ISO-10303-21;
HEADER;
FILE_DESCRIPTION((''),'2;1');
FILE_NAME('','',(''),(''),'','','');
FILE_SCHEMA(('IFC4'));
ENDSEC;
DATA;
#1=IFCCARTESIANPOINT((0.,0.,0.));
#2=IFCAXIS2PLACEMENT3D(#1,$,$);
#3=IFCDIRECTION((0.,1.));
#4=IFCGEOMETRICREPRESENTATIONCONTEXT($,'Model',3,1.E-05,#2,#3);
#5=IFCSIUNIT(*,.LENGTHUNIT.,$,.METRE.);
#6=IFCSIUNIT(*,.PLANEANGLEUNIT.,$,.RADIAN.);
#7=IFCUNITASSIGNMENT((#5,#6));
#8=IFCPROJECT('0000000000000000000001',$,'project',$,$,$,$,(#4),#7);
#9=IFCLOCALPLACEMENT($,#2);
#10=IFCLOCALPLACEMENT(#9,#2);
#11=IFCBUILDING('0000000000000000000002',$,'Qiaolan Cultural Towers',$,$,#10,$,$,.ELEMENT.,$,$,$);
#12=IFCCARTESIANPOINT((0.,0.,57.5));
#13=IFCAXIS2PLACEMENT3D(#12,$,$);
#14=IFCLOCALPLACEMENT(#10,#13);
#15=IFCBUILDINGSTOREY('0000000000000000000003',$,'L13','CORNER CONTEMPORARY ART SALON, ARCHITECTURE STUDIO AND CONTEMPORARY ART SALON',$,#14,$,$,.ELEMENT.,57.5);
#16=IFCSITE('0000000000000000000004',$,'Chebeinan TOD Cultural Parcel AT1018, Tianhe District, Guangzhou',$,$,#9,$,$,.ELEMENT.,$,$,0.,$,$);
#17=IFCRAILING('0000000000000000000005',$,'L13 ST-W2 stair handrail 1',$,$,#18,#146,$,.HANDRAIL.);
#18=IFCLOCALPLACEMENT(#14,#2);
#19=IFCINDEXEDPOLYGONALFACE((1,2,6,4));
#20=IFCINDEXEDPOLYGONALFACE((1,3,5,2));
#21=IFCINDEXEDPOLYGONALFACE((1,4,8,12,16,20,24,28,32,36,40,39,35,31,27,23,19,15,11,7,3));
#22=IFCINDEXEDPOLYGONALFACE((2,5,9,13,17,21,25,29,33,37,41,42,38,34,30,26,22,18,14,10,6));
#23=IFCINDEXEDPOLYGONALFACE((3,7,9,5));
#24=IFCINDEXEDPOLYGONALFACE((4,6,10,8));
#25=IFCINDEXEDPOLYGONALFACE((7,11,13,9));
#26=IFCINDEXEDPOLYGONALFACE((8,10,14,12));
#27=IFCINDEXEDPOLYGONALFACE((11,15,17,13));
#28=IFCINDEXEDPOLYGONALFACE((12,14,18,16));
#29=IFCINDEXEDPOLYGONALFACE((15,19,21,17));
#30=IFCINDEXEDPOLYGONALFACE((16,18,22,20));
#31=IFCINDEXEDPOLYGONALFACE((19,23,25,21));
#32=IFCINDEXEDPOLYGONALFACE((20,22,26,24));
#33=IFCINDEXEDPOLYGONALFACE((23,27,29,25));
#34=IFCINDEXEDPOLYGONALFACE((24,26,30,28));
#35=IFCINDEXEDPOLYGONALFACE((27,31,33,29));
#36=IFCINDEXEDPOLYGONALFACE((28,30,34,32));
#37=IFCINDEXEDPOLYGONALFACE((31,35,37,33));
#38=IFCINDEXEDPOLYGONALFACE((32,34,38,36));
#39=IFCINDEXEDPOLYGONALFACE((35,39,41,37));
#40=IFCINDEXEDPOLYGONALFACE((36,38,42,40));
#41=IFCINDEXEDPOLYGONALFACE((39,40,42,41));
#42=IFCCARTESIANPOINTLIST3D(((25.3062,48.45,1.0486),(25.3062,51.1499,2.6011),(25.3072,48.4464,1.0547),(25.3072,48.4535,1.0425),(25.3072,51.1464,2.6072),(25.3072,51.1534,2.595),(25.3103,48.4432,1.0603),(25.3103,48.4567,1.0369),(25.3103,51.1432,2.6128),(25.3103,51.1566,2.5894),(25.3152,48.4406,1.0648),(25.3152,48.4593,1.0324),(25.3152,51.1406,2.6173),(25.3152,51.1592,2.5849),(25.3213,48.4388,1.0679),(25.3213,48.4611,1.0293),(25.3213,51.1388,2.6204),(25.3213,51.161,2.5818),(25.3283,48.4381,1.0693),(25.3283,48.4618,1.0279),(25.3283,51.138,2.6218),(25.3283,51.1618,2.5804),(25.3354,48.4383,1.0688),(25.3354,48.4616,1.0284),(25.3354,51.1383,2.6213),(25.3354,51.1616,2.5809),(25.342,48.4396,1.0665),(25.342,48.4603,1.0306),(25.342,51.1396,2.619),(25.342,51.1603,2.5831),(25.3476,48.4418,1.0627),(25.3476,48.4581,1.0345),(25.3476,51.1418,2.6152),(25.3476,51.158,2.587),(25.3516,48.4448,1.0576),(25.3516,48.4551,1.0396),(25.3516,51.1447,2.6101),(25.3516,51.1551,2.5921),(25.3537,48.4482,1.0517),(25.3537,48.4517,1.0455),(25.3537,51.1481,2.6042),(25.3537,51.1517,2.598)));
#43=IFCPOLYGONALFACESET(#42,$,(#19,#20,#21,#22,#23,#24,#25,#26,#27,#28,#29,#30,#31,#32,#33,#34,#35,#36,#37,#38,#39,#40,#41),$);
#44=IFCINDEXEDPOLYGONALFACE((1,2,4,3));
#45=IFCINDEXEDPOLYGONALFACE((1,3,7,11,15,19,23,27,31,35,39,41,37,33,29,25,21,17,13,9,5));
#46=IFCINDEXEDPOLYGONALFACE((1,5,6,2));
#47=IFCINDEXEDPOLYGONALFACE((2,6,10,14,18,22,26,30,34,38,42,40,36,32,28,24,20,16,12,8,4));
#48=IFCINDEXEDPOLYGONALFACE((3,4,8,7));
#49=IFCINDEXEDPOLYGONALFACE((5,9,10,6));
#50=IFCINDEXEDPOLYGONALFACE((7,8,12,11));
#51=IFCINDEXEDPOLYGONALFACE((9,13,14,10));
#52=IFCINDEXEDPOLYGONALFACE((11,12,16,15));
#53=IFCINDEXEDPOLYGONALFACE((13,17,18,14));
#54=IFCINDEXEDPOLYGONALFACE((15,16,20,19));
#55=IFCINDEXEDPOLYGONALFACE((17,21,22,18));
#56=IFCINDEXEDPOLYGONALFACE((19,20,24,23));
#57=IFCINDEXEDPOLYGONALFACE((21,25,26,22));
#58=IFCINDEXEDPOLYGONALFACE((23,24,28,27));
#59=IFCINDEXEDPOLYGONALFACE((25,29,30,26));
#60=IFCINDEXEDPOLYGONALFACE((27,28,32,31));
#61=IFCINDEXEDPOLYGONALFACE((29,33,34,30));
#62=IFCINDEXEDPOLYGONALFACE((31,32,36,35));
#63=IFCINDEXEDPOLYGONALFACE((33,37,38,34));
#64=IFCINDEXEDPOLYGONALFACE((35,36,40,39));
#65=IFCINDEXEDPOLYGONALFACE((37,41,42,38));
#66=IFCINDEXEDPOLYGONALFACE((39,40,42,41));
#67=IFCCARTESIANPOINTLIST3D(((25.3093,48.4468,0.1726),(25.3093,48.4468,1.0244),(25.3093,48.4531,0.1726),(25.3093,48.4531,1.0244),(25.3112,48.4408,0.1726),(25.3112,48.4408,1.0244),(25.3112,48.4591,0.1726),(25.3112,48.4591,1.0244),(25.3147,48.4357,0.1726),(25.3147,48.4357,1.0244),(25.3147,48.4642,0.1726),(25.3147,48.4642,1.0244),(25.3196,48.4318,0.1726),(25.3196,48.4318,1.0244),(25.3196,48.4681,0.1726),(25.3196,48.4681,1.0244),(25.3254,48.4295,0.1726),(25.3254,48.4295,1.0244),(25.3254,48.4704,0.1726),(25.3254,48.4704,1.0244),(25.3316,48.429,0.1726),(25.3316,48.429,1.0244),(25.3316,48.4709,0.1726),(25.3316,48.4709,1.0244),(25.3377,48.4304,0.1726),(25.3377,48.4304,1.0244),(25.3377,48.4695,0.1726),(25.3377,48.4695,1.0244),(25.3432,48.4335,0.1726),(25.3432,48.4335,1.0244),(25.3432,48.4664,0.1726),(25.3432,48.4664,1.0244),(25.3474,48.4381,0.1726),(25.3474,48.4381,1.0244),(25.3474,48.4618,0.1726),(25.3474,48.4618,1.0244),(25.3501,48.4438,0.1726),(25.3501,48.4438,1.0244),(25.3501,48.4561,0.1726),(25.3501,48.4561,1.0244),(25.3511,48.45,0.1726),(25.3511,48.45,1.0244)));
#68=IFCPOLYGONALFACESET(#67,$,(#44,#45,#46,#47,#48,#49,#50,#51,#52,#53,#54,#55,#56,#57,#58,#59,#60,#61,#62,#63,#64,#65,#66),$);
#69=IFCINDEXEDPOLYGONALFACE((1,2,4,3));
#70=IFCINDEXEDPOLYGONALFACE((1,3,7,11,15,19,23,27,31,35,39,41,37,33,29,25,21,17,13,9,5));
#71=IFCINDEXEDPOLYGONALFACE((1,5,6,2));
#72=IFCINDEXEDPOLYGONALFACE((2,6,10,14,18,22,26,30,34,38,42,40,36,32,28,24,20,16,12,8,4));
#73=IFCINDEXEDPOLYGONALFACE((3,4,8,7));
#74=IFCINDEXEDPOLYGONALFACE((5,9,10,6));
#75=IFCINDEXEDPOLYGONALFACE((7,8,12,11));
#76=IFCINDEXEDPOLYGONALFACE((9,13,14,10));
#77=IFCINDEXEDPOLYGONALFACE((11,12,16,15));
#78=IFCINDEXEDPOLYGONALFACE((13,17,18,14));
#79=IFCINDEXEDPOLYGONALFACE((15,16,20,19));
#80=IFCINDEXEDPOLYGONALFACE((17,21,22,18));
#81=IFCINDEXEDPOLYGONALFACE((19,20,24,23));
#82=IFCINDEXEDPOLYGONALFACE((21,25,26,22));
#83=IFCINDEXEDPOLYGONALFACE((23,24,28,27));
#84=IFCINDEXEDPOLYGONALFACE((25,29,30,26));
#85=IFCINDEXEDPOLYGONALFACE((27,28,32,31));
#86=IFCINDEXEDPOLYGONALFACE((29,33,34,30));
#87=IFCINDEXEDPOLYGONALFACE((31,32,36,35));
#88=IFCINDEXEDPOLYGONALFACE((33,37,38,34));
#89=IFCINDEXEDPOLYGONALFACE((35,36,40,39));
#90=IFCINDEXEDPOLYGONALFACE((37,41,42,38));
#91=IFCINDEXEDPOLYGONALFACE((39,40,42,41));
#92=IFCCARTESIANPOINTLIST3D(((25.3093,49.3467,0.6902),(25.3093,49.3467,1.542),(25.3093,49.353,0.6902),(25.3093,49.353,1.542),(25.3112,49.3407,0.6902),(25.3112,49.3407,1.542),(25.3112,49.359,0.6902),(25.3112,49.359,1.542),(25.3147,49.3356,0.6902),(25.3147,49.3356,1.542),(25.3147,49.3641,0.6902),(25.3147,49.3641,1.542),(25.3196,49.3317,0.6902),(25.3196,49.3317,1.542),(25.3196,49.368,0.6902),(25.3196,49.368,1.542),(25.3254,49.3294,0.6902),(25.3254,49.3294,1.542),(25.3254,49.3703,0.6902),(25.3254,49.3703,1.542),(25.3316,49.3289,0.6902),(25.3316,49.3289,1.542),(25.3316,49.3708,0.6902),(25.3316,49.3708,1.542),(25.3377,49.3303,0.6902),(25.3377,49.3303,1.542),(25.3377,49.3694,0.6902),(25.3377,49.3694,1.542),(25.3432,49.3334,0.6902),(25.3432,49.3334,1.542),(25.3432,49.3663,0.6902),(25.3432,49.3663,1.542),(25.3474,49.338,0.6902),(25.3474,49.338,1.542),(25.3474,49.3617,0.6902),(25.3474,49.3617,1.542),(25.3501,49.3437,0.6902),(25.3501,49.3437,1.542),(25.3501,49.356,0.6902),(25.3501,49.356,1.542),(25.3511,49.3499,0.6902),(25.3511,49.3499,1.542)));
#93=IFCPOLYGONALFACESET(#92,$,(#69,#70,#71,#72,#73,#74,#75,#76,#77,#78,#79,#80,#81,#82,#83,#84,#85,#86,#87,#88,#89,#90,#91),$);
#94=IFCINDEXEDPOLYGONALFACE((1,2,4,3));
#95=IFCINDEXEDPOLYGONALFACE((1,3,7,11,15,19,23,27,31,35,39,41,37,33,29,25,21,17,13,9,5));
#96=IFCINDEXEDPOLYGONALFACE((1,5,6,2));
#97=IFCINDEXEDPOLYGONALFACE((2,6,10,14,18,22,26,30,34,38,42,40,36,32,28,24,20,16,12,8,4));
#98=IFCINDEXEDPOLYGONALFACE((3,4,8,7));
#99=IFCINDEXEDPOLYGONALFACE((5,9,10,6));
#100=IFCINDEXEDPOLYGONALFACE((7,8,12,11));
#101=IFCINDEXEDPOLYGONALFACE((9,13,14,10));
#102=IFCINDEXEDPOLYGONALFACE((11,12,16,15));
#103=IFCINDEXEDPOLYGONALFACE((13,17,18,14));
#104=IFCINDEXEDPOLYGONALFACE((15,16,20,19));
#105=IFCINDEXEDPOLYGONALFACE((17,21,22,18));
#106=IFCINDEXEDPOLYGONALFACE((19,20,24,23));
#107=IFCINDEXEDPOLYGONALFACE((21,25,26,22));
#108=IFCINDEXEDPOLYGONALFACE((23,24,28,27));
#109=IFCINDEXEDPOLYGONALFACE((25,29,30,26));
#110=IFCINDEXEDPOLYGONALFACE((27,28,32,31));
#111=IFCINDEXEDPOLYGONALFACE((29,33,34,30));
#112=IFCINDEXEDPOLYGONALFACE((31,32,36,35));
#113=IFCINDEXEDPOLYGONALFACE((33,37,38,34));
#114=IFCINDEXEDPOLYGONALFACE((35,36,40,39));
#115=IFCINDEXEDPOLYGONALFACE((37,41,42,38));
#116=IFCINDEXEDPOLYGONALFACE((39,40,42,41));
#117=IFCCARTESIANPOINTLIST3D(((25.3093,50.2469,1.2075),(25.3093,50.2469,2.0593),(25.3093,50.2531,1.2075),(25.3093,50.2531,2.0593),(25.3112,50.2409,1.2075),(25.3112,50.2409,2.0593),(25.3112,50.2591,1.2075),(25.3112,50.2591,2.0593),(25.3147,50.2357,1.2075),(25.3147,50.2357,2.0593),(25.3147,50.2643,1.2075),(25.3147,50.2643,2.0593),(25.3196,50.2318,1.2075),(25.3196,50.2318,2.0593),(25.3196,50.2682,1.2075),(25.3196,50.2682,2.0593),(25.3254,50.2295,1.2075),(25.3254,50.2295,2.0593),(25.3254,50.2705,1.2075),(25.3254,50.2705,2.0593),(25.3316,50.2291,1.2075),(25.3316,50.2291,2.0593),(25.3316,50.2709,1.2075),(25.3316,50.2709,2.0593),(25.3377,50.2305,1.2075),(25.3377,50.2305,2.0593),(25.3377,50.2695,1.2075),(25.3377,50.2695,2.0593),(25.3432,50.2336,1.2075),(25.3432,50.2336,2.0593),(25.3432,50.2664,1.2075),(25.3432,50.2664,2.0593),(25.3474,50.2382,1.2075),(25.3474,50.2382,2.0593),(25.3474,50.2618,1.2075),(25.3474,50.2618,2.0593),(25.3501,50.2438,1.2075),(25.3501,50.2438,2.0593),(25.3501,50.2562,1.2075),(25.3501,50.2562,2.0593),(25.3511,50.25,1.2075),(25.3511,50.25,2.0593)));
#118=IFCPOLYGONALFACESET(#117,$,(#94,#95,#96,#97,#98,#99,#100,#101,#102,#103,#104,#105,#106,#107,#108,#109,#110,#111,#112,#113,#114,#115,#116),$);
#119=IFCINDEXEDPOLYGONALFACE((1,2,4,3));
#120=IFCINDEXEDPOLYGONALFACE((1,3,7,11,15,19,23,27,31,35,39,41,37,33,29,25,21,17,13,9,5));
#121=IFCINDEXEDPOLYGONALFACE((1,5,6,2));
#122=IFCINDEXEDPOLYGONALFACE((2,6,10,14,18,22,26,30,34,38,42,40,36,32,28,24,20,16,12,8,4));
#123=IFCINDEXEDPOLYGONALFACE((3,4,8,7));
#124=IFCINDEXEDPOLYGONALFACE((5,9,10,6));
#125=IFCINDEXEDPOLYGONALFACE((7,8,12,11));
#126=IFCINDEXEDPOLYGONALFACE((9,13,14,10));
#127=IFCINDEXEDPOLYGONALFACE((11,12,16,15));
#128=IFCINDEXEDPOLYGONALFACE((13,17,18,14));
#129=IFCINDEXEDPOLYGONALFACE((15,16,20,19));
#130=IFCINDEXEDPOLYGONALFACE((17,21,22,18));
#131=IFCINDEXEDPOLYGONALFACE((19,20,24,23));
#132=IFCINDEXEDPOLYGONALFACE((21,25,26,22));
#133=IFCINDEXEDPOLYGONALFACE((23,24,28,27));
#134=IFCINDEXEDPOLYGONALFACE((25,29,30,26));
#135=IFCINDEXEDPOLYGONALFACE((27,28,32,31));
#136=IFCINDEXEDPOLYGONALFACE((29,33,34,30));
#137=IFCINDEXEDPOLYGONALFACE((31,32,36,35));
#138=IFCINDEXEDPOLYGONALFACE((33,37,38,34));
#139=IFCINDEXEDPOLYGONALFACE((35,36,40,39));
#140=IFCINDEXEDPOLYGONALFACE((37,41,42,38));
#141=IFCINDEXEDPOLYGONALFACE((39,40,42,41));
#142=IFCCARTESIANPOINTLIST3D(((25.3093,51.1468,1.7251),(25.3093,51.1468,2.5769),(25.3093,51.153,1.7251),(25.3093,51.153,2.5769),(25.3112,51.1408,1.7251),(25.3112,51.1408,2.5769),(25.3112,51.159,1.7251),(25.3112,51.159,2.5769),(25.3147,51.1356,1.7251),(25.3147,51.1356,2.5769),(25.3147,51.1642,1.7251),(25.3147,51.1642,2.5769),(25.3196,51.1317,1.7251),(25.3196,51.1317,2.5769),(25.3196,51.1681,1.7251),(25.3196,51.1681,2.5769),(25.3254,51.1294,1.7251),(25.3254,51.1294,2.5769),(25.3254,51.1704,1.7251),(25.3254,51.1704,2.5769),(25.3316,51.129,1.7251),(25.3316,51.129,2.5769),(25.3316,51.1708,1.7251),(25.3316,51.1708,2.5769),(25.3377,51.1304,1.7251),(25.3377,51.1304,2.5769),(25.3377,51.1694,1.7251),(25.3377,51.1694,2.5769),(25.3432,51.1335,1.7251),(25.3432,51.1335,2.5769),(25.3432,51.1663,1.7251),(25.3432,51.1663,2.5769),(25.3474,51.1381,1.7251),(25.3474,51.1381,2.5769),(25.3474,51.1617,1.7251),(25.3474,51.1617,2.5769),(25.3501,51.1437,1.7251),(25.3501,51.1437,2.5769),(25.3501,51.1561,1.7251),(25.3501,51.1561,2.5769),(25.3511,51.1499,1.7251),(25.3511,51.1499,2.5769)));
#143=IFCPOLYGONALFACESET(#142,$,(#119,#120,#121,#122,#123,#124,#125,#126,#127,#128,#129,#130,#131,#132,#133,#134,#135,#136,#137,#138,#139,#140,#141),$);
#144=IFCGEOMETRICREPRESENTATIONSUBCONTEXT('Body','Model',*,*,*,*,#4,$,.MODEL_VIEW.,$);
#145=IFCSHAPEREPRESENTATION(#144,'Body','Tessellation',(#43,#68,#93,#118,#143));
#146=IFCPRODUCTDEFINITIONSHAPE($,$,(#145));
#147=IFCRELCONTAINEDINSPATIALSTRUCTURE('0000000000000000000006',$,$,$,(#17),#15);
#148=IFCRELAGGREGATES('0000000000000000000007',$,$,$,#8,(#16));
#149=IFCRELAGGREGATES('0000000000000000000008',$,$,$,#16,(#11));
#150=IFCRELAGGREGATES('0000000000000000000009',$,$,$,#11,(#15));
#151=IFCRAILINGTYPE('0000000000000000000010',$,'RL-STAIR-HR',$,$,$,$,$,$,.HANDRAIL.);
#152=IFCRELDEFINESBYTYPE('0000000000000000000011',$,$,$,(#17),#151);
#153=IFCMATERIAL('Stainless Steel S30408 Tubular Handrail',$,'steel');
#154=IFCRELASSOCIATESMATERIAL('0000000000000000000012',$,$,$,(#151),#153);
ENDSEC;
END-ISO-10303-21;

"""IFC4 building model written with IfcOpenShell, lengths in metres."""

from ifc_helpers import new_model, si_unit, direction, frame, origin, origin_2d, place, context, subcontext, project, spatial, circle, extrude, material, type_object, element, save


model = new_model("IFC4")

# Units and contexts
model_context = context("Model", 3, precision=1e-05, world=origin(), true_north=direction((0.0, 1.0)))
body_context = subcontext(model_context, "Body", "Model", "MODEL_VIEW")
ifc_project = project(units=[si_unit("LENGTHUNIT", "METRE"), si_unit("PLANEANGLEUNIT", "RADIAN")], contexts=[model_context])

# Site, building, storey
site_placement = place(None, origin())
site = spatial("IfcSite", under=ifc_project, at=site_placement, Name="Chebeinan TOD Cultural Parcel AT1018, Tianhe District, Guangzhou", CompositionType="ELEMENT", RefElevation=0.0)
building_placement = place(site_placement, origin())
building = spatial("IfcBuilding", under=site, at=building_placement, Name="Qiaolan Cultural Towers", CompositionType="ELEMENT")
storey_placement = place(building_placement, frame((0.0, 0.0, 57.5)))
storey = spatial("IfcBuildingStorey", under=building, at=storey_placement, Name="L13", Description="CORNER CONTEMPORARY ART SALON, ARCHITECTURE STUDIO AND CONTEMPORARY ART SALON", CompositionType="ELEMENT", Elevation=57.5)

# Railing
ifc_material_1 = material(Name="Stainless Steel S30408 Tubular Handrail", Category="steel")
railing_type_1 = type_object("IfcRailingType", Name="RL-STAIR-HR", PredefinedType="HANDRAIL", material=ifc_material_1)
railing_1_placement = place(storey_placement, frame((25.3301, 48.45, 0.1726)))
element("IfcRailing", 1, at=railing_1_placement, inside=storey, type_object=railing_type_1, Name="L13 ST-W2 stair handrail 1", PredefinedType="HANDRAIL", context=body_context, shape_type="SweptSolid", body=[
    extrude(circle(Radius=0.0239, at=origin_2d()), frame((0.0, 0.0, 0.876), z_axis=(0.0, 0.866904, 0.498476), x_axis=(-1.0, 0.0, 0.0)), (0.0, 0.0, 1.0), 3.1145),
    extrude(circle(Radius=0.021, at=origin_2d()), origin(), (0.0, 0.0, 1.0), 0.8518),
    extrude(circle(Radius=0.021, at=origin_2d()), frame((0.0, 0.8999, 0.5176)), (0.0, 0.0, 1.0), 0.8518),
    extrude(circle(Radius=0.021, at=origin_2d()), frame((0.0, 1.8, 1.0349)), (0.0, 0.0, 1.0), 0.8518),
    extrude(circle(Radius=0.021, at=origin_2d()), frame((0.0, 2.7, 1.5525)), (0.0, 0.0, 1.0), 0.8518),
])

save(model, "model.ifc")
